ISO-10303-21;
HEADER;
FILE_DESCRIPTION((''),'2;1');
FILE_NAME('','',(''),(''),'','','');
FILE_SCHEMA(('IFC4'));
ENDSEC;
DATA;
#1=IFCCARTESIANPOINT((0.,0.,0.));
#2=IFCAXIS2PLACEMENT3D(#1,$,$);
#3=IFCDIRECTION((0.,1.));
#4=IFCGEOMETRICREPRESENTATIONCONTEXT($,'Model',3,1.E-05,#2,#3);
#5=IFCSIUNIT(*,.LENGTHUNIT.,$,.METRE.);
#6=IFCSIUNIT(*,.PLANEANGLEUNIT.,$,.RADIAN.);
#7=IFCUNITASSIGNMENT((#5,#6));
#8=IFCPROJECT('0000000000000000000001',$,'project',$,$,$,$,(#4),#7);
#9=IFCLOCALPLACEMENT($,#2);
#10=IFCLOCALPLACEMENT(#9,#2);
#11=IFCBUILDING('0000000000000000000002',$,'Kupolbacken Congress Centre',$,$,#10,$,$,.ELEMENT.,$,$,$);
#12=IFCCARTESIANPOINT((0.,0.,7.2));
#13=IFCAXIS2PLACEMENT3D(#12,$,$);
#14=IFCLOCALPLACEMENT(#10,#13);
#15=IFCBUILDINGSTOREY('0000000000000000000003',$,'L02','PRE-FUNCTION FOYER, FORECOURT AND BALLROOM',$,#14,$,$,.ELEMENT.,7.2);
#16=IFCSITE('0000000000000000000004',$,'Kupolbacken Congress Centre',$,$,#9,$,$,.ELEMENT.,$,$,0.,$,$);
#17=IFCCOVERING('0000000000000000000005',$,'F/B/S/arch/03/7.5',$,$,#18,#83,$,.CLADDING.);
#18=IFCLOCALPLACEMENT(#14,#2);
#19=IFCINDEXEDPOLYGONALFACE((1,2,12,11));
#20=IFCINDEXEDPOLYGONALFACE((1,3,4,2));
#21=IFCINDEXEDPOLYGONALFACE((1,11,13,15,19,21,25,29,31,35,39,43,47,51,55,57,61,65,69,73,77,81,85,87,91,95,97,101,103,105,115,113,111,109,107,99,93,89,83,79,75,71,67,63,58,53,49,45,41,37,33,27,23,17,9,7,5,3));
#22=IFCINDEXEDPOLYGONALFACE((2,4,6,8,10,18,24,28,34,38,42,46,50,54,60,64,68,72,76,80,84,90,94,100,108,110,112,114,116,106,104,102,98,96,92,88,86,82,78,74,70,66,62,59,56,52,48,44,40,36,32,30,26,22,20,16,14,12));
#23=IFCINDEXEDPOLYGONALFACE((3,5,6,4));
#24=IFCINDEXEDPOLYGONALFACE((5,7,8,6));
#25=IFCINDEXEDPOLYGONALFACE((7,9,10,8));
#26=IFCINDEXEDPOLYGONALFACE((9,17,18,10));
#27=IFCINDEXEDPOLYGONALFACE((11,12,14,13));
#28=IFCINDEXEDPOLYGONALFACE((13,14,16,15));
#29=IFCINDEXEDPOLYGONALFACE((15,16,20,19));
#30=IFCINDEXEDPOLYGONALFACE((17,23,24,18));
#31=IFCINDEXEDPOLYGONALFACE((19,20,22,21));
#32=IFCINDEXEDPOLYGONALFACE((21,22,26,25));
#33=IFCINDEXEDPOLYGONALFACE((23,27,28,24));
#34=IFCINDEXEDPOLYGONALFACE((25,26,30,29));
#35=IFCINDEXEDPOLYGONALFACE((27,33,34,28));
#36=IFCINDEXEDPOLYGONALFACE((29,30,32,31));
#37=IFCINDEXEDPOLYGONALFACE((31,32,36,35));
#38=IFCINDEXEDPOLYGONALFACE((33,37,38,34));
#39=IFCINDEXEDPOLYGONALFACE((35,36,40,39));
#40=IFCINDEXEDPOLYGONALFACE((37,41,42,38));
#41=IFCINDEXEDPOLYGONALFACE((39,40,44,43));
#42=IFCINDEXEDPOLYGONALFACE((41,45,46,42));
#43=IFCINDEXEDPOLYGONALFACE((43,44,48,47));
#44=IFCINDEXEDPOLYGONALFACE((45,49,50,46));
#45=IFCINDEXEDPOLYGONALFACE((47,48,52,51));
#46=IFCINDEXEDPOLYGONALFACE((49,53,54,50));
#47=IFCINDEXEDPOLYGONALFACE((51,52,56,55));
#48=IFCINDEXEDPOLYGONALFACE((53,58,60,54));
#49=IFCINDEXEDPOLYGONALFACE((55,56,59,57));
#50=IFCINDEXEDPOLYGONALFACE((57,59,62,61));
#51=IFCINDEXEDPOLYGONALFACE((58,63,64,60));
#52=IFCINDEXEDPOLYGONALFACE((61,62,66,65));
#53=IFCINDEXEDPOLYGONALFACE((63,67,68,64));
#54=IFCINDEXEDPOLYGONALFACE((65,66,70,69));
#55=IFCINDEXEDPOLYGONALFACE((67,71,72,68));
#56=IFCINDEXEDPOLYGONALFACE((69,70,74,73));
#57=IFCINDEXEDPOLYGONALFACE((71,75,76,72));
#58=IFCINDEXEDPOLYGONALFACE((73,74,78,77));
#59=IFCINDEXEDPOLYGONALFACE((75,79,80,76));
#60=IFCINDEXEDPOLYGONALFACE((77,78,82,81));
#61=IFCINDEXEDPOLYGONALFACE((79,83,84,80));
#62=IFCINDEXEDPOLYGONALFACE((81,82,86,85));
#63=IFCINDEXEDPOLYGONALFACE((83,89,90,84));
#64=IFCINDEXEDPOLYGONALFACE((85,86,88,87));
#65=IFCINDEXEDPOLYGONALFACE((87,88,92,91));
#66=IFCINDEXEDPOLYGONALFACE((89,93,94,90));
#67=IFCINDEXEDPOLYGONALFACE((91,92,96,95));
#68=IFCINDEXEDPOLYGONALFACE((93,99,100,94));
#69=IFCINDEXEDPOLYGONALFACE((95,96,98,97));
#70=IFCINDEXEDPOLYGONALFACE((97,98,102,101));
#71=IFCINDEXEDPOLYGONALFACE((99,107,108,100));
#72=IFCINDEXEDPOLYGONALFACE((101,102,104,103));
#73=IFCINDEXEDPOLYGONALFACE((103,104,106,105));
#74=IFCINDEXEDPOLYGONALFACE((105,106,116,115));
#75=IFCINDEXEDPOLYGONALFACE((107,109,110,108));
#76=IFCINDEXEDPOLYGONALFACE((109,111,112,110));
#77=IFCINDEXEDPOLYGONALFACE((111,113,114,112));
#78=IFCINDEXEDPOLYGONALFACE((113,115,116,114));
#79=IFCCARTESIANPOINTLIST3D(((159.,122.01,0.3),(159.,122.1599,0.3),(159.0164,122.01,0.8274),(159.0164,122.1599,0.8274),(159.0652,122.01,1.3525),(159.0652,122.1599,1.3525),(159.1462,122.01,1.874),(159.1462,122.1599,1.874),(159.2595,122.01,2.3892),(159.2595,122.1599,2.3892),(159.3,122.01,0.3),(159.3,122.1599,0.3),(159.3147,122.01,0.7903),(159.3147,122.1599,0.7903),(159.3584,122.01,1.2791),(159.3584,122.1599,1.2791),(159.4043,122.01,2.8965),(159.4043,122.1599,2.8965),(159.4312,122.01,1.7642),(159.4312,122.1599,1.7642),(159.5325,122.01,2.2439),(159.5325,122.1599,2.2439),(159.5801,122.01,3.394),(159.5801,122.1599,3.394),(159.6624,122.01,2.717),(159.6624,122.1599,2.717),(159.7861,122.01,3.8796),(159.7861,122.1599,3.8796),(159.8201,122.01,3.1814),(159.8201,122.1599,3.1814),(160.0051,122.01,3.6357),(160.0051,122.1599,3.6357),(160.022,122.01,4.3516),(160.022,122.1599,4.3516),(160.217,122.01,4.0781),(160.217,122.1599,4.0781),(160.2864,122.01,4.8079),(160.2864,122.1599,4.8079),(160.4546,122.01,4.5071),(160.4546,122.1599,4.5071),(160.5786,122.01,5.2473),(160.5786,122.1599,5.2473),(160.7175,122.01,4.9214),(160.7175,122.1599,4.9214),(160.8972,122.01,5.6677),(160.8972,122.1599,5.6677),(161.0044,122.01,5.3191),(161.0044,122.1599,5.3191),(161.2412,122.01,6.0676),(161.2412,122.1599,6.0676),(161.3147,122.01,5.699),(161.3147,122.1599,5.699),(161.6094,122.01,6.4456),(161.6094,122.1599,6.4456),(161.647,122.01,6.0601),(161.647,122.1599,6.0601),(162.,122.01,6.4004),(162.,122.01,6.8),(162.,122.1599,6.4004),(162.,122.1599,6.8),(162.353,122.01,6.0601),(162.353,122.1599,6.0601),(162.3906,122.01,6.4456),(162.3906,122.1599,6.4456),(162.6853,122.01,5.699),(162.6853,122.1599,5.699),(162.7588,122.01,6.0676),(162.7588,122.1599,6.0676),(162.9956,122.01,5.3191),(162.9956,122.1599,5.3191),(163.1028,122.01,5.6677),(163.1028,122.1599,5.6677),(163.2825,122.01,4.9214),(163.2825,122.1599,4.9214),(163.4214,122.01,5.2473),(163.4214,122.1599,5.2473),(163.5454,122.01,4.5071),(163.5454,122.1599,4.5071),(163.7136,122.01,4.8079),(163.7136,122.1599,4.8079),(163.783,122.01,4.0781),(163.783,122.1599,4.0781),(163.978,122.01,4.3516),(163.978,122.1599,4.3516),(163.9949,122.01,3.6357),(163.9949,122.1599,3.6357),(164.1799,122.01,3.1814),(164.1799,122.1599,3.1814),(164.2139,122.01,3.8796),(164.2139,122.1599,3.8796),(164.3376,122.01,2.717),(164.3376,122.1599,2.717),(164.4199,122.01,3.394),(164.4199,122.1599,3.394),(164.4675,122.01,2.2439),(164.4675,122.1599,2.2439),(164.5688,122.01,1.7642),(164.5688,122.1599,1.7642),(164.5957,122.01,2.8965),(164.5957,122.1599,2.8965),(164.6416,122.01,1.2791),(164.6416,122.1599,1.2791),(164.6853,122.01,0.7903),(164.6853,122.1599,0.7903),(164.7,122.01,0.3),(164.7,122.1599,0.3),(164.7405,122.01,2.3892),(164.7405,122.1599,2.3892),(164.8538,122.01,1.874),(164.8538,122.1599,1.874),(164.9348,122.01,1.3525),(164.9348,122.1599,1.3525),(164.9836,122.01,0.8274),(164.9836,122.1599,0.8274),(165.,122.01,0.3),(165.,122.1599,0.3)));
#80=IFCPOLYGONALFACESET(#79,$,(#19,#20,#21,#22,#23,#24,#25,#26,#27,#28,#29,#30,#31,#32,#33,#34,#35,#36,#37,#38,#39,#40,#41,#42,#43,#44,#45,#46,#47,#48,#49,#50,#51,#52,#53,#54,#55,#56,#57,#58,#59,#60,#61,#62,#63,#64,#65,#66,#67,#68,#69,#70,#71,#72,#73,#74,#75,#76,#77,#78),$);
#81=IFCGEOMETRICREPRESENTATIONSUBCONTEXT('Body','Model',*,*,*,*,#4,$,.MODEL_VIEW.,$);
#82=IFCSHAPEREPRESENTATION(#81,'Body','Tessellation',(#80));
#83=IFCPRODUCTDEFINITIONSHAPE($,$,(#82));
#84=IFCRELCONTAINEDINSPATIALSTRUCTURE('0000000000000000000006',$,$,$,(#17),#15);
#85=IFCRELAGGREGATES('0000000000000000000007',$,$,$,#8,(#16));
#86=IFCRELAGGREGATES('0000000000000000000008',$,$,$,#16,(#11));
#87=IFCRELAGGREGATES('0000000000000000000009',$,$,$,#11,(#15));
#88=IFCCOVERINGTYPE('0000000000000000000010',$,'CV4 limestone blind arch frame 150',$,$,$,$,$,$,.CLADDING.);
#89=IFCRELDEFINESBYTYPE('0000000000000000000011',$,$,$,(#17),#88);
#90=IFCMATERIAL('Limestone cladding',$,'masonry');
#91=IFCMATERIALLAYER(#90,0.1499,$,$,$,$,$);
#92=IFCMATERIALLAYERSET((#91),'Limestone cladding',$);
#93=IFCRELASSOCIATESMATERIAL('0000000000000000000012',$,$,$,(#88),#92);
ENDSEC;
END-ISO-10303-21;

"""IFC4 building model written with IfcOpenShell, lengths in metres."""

from ifc_helpers import new_model, si_unit, direction, frame, origin, place, context, subcontext, project, spatial, polyline, outline, extrude, material, layer, layer_set, type_object, element, save


model = new_model("IFC4")

# Units and contexts
model_context = context("Model", 3, precision=1e-05, world=origin(), true_north=direction((0.0, 1.0)))
body_context = subcontext(model_context, "Body", "Model", "MODEL_VIEW")
ifc_project = project(units=[si_unit("LENGTHUNIT", "METRE"), si_unit("PLANEANGLEUNIT", "RADIAN")], contexts=[model_context])

# Site, building, storey
site_placement = place(None, origin())
site = spatial("IfcSite", under=ifc_project, at=site_placement, Name="Kupolbacken Congress Centre", CompositionType="ELEMENT", RefElevation=0.0)
building_placement = place(site_placement, origin())
building = spatial("IfcBuilding", under=site, at=building_placement, Name="Kupolbacken Congress Centre", CompositionType="ELEMENT")
storey_placement = place(building_placement, frame((0.0, 0.0, 7.2)))
storey = spatial("IfcBuildingStorey", under=building, at=storey_placement, Name="L02", Description="PRE-FUNCTION FOYER, FORECOURT AND BALLROOM", CompositionType="ELEMENT", Elevation=7.2)

# Covering
ifc_material_1 = material(Name="Limestone cladding", Category="masonry")
ifc_layer_1 = layer(ifc_material_1, 0.1499)
ifc_layer_set_1 = layer_set([ifc_layer_1], Name="Limestone cladding")
covering_type_1 = type_object("IfcCoveringType", Name="CV4 limestone blind arch frame 150", PredefinedType="CLADDING", material=ifc_layer_set_1)
covering_1_placement = place(storey_placement, frame((159.0, 122.1599, 0.3), z_axis=(0.0, -1.0, 0.0), x_axis=(1.0, 0.0, 0.0)))
element("IfcCovering", 1, at=covering_1_placement, inside=storey, type_object=covering_type_1, Name="F/B/S/arch/03/7.5", PredefinedType="CLADDING", context=body_context, shape_type="SweptSolid", body=[
    extrude(outline(polyline([(0.0, 0.0), (0.0164, 0.5273), (0.0652, 1.0525), (0.1462, 1.574), (0.2595, 2.0891), (0.4043, 2.5964), (0.5801, 3.094), (0.7861, 3.5796), (1.022, 4.0515), (1.2864, 4.5078), (1.5786, 4.9473), (1.8972, 5.3677), (2.2412, 5.7676), (2.6094, 6.1455), (3.0, 6.5), (3.3906, 6.1455), (3.7588, 5.7676), (4.1028, 5.3677), (4.4214, 4.9473), (4.7136, 4.5078), (4.978, 4.0515), (5.2139, 3.5796), (5.4199, 3.094), (5.5957, 2.5964), (5.7405, 2.0891), (5.8538, 1.574), (5.9348, 1.0525), (5.9836, 0.5273), (6.0, 0.0), (5.7, 0.0), (5.6853, 0.4902), (5.6416, 0.979), (5.5688, 1.4641), (5.4675, 1.9438), (5.3376, 2.417), (5.1799, 2.8813), (4.9949, 3.3357), (4.783, 3.7781), (4.5454, 4.207), (4.2825, 4.6213), (3.9956, 5.019), (3.6853, 5.3989), (3.353, 5.76), (3.0, 6.1003), (2.647, 5.76), (2.3147, 5.3989), (2.0044, 5.019), (1.7175, 4.6213), (1.4546, 4.207), (1.217, 3.7781), (1.0051, 3.3357), (0.8201, 2.8813), (0.6624, 2.417), (0.5325, 1.9438), (0.4312, 1.4641), (0.3584, 0.979), (0.3147, 0.4902), (0.3, 0.0), (0.0, 0.0)])), origin(), (0.0, 0.0, 1.0), 0.1499),
])

save(model, "model.ifc")
